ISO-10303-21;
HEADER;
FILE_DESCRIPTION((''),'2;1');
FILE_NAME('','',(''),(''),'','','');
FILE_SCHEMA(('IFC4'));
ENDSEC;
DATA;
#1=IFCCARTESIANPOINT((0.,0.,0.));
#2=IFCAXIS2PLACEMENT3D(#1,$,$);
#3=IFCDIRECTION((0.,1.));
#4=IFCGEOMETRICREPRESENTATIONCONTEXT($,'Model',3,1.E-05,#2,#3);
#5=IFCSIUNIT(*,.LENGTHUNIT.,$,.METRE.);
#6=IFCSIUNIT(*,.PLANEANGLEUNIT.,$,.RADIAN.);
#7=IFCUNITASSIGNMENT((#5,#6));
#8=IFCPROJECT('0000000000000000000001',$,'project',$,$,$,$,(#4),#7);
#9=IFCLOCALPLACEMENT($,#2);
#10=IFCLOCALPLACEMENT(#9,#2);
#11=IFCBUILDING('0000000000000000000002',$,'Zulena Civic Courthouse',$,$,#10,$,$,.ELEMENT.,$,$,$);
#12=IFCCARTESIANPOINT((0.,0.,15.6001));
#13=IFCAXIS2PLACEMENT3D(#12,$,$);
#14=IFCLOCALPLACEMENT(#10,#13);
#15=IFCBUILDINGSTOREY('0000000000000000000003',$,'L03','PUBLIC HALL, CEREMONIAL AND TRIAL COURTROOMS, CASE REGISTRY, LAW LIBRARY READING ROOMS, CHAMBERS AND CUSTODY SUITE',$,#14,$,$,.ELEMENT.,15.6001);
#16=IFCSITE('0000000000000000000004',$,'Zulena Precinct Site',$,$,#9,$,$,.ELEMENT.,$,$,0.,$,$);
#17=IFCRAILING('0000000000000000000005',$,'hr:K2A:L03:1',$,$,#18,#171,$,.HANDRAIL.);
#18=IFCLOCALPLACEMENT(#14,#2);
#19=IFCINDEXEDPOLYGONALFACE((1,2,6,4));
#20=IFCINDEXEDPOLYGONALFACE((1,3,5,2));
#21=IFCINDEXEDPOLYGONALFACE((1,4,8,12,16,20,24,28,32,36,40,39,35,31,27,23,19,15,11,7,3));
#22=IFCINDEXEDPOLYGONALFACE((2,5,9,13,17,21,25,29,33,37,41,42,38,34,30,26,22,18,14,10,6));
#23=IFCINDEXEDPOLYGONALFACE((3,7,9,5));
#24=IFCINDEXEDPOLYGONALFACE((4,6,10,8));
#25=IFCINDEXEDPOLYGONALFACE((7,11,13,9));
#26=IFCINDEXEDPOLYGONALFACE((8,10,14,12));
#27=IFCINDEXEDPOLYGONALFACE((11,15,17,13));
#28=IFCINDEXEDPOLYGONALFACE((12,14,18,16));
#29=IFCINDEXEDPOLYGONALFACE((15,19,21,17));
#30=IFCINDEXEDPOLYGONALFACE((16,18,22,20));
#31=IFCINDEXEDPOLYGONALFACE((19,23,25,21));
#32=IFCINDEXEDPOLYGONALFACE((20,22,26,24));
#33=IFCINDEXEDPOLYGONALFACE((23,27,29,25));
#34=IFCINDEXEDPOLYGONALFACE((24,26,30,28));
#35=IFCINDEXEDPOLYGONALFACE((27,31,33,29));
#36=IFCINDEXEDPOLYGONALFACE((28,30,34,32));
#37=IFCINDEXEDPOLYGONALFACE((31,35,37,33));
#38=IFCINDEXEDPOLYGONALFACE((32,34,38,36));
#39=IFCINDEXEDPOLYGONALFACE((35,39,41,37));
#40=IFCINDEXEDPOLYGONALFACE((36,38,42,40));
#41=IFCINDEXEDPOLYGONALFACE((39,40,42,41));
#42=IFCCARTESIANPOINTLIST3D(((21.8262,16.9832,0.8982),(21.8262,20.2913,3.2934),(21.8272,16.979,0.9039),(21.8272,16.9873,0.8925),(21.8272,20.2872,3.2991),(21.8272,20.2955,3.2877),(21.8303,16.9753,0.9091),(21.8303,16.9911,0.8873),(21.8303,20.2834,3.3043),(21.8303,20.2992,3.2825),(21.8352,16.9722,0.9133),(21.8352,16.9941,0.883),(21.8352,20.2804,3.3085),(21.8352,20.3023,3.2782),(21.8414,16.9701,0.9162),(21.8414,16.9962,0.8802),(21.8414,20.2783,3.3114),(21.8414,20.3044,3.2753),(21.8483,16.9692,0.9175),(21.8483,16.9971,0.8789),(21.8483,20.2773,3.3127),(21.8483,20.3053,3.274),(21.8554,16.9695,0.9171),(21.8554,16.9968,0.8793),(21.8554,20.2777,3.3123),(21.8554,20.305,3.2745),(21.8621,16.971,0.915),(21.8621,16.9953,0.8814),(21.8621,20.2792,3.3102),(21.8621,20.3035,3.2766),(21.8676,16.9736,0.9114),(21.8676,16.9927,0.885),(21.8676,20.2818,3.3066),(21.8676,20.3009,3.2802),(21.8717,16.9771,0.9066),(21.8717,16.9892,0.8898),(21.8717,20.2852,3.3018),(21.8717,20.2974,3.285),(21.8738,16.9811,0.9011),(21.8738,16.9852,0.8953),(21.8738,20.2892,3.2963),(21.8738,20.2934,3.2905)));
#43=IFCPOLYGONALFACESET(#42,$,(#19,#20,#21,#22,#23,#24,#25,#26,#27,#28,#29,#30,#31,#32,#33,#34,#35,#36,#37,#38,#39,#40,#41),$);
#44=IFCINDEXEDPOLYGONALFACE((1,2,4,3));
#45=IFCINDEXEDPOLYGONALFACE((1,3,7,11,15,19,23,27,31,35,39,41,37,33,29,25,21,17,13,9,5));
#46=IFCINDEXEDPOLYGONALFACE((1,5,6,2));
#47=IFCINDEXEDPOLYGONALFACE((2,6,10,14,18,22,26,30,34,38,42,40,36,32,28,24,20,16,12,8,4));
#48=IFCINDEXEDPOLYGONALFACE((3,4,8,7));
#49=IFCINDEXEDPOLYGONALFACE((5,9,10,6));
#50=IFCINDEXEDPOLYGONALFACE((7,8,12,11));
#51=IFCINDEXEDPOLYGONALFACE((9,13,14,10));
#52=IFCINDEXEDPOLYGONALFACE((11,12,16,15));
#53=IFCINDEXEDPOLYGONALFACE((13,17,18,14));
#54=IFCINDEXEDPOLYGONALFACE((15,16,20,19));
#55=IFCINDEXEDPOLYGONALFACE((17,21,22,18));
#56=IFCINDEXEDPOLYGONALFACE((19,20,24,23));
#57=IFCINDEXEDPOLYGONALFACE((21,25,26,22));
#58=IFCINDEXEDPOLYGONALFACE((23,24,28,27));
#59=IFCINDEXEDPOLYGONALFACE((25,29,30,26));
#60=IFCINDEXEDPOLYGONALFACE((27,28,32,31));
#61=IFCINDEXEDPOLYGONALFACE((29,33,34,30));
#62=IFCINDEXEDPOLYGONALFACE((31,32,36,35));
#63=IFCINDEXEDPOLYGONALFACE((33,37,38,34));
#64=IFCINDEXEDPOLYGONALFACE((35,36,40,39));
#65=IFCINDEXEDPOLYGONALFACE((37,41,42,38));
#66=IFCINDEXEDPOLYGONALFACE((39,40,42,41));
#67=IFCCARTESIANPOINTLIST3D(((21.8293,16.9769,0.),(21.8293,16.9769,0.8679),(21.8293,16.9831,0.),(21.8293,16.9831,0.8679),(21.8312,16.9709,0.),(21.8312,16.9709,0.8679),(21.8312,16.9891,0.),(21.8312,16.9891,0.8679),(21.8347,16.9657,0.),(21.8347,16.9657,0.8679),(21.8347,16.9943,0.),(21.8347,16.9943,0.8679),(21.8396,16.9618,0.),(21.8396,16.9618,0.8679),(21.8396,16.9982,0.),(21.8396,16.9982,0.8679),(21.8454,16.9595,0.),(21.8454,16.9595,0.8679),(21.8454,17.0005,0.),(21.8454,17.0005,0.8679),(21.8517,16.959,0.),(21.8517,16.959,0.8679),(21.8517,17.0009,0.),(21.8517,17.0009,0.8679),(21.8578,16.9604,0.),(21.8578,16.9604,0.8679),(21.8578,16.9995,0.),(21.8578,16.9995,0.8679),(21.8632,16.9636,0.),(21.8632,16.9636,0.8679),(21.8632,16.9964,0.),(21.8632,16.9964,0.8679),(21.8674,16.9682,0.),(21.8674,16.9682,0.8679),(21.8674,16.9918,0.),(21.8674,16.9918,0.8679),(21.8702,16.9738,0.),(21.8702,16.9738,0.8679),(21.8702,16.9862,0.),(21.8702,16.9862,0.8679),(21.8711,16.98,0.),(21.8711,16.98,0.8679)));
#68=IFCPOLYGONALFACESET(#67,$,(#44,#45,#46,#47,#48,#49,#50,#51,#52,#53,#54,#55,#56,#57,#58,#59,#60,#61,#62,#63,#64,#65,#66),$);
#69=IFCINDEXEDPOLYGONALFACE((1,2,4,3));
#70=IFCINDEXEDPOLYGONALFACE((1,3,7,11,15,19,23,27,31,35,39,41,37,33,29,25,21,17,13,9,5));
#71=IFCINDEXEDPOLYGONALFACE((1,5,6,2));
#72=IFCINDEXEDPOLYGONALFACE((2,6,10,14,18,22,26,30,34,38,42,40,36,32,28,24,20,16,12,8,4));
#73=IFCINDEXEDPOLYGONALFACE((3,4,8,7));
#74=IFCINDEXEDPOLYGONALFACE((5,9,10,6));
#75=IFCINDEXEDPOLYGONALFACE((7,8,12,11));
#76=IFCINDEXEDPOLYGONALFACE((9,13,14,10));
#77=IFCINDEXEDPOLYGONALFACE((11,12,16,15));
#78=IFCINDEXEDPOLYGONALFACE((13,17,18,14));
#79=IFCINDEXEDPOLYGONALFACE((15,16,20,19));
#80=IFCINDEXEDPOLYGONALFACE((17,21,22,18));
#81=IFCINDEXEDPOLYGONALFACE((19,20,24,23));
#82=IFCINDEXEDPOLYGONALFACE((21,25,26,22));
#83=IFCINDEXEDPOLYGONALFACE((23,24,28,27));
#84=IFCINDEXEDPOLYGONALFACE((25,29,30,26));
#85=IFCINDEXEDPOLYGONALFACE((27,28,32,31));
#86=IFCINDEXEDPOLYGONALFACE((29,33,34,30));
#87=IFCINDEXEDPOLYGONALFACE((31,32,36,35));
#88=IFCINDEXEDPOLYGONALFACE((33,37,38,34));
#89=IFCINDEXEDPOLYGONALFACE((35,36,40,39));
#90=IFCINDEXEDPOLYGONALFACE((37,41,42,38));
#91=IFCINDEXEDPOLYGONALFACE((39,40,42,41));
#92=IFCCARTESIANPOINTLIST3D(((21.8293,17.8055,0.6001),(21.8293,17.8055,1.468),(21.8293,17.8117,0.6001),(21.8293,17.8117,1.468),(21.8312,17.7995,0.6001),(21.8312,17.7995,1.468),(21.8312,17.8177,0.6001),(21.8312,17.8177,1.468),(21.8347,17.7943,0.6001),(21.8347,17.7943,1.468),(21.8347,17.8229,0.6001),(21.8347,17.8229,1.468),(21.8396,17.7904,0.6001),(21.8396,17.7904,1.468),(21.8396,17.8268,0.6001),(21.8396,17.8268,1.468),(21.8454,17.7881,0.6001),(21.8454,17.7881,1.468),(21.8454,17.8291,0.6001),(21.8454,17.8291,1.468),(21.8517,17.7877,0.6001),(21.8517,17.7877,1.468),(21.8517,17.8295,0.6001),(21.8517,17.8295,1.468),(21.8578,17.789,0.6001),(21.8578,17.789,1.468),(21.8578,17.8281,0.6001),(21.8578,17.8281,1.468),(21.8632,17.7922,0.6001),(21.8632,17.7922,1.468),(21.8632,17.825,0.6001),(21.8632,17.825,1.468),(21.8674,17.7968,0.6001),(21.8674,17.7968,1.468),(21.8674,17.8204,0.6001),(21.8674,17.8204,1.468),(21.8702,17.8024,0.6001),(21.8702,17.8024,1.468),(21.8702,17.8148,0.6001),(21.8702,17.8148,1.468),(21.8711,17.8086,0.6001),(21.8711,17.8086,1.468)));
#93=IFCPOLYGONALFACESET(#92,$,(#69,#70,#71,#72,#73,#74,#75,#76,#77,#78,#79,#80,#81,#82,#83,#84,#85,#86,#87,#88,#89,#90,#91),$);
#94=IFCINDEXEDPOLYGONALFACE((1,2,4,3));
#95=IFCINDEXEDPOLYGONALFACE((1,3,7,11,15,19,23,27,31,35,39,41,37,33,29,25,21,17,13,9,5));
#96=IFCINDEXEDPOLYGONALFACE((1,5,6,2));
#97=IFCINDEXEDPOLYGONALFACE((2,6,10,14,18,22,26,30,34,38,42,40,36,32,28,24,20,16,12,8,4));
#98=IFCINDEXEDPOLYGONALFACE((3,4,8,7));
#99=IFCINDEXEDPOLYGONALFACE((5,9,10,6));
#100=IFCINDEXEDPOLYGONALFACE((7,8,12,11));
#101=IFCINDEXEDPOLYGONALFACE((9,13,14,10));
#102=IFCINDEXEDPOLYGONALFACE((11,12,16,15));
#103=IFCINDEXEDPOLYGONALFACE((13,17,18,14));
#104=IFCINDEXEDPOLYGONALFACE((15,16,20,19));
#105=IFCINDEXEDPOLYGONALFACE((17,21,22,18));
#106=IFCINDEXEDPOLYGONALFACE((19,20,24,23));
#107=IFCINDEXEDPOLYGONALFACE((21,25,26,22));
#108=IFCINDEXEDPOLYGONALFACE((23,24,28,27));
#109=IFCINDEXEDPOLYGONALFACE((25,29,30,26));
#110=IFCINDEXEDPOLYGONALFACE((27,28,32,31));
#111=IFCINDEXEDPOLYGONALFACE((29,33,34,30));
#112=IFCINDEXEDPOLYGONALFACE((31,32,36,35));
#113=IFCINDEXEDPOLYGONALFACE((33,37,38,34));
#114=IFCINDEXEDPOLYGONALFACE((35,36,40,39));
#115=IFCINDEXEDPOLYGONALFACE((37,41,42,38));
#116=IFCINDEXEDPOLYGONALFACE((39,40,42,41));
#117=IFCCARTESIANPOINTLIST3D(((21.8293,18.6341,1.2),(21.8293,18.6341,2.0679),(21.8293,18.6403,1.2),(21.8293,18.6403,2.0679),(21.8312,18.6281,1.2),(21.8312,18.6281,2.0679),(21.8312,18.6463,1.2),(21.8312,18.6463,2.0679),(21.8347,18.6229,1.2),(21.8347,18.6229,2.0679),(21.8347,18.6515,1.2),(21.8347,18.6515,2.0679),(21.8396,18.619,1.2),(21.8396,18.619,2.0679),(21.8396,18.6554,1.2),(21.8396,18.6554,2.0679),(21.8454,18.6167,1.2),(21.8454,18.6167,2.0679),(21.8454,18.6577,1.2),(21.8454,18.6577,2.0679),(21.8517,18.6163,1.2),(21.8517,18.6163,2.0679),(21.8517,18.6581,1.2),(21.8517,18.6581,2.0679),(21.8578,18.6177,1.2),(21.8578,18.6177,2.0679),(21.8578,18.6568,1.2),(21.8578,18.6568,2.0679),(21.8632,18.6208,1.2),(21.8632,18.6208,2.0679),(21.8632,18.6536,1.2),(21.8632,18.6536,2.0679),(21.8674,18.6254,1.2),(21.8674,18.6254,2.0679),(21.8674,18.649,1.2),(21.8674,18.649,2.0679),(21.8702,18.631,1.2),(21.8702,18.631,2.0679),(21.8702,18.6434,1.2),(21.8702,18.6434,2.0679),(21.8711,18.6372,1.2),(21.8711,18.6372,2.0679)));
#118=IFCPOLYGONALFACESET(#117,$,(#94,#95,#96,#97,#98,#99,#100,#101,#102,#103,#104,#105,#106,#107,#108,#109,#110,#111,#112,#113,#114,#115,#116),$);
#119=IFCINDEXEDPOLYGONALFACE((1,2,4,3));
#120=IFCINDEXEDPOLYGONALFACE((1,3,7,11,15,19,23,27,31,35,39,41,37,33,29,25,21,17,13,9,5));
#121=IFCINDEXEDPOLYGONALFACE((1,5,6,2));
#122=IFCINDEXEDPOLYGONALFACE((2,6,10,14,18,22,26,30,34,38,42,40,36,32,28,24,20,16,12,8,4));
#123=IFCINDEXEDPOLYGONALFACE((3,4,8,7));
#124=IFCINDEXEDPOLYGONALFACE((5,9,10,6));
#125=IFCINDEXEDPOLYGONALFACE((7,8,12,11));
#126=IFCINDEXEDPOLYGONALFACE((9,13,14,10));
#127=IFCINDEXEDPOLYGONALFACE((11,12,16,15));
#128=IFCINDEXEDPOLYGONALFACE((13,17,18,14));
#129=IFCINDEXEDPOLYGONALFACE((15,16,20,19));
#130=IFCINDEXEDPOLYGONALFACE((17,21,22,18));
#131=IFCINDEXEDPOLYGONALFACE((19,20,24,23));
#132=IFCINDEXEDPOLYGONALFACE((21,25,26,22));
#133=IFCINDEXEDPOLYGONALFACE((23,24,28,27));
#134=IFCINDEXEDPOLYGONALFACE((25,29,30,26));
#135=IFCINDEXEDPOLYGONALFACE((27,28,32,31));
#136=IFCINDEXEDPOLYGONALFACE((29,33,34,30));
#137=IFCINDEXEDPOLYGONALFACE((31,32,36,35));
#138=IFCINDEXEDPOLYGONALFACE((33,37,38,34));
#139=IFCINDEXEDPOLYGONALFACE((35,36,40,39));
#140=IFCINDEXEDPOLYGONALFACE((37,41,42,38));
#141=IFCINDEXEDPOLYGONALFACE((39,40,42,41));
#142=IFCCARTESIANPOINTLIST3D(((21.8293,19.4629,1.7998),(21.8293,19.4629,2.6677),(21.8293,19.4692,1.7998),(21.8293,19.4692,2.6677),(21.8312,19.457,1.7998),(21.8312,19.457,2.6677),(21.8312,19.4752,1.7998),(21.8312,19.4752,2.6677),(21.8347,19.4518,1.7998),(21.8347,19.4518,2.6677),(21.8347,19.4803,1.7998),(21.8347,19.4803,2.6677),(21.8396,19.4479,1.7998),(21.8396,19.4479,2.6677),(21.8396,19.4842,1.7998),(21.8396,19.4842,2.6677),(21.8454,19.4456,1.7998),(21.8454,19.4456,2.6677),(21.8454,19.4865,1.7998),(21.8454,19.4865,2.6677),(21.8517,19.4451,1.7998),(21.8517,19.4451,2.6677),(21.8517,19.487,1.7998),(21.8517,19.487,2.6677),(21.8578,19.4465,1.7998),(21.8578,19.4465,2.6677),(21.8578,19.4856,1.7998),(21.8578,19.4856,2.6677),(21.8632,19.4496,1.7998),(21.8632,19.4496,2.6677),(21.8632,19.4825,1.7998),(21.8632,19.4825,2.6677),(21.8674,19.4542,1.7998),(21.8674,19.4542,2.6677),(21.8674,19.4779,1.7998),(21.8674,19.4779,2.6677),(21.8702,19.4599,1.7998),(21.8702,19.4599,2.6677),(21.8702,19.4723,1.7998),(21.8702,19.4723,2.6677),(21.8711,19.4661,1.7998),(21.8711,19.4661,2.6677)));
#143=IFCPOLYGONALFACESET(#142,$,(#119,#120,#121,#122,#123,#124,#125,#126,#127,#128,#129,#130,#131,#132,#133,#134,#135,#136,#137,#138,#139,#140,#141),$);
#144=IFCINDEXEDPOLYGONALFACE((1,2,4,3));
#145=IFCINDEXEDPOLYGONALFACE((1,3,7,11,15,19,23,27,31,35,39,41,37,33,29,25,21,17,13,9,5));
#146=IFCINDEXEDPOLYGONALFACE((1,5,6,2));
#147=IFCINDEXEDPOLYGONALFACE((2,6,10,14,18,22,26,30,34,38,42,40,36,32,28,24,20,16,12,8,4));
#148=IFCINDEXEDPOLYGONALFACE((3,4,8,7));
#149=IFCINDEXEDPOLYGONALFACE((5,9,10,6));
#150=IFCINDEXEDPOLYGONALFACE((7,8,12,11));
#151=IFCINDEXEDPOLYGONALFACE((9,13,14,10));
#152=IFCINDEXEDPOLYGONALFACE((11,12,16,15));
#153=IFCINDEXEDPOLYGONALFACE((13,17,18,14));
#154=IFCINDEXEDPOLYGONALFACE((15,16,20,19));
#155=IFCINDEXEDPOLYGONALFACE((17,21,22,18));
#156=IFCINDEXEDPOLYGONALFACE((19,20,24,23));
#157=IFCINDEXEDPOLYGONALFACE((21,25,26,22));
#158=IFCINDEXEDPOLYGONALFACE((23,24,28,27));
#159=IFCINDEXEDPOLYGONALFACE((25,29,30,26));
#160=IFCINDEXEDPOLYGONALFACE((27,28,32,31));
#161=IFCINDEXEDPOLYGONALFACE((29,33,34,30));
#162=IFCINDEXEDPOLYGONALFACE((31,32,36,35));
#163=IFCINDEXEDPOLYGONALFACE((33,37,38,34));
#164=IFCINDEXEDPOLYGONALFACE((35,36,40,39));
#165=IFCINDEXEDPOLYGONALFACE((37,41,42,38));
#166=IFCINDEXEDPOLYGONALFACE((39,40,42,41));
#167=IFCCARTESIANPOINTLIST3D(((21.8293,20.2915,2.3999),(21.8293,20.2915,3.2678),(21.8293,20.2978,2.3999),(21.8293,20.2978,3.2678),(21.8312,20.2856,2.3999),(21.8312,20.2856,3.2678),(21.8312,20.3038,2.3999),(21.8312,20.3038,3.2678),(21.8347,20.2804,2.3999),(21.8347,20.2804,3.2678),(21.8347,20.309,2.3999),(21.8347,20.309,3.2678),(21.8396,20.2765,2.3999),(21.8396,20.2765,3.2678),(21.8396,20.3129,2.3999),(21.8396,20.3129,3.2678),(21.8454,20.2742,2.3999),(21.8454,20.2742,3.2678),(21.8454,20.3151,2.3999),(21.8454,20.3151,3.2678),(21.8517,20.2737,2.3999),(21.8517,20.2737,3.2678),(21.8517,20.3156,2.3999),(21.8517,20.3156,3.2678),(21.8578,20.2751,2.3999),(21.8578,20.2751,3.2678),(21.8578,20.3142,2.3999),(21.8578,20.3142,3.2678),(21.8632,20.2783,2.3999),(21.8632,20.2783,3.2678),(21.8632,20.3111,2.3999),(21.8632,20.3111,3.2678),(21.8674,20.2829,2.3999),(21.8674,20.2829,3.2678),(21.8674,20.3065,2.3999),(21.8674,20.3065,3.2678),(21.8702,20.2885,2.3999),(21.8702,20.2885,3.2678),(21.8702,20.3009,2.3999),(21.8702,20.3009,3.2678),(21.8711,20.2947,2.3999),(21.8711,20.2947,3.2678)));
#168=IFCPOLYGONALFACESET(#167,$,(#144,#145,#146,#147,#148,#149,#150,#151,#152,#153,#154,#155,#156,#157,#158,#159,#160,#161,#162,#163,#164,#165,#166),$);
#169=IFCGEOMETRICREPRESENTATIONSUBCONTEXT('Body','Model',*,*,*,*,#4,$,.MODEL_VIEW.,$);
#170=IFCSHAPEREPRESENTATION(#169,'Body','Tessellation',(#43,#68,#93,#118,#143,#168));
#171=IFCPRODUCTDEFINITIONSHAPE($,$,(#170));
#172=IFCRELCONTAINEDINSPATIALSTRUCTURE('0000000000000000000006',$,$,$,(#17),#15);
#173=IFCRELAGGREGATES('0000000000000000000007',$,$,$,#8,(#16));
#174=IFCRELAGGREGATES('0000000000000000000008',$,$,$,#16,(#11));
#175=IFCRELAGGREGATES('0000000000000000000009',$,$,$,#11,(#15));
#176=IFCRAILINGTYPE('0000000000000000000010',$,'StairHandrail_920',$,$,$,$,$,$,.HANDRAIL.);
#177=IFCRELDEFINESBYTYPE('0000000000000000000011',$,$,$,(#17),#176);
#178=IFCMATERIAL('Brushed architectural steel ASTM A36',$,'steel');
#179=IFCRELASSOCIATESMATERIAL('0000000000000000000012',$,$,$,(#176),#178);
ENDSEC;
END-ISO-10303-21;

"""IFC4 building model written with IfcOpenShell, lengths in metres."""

from ifc_helpers import new_model, si_unit, direction, frame, origin, origin_2d, place, context, subcontext, project, spatial, circle, extrude, material, type_object, element, save


model = new_model("IFC4")

# Units and contexts
model_context = context("Model", 3, precision=1e-05, world=origin(), true_north=direction((0.0, 1.0)))
body_context = subcontext(model_context, "Body", "Model", "MODEL_VIEW")
ifc_project = project(units=[si_unit("LENGTHUNIT", "METRE"), si_unit("PLANEANGLEUNIT", "RADIAN")], contexts=[model_context])

# Site, building, storey
site_placement = place(None, origin())
site = spatial("IfcSite", under=ifc_project, at=site_placement, Name="Zulena Precinct Site", CompositionType="ELEMENT", RefElevation=0.0)
building_placement = place(site_placement, origin())
building = spatial("IfcBuilding", under=site, at=building_placement, Name="Zulena Civic Courthouse", CompositionType="ELEMENT")
storey_placement = place(building_placement, frame((0.0, 0.0, 15.6001)))
storey = spatial("IfcBuildingStorey", under=building, at=storey_placement, Name="L03", Description="PUBLIC HALL, CEREMONIAL AND TRIAL COURTROOMS, CASE REGISTRY, LAW LIBRARY READING ROOMS, CHAMBERS AND CUSTODY SUITE", CompositionType="ELEMENT", Elevation=15.6001)

# Railing
ifc_material_1 = material(Name="Brushed architectural steel ASTM A36", Category="steel")
railing_type_1 = type_object("IfcRailingType", Name="StairHandrail_920", PredefinedType="HANDRAIL", material=ifc_material_1)
railing_1_placement = place(storey_placement, frame((21.8501, 16.98, 0.0)))
element("IfcRailing", 1, at=railing_1_placement, inside=storey, type_object=railing_type_1, Name="hr:K2A:L03:1", PredefinedType="HANDRAIL", context=body_context, shape_type="SweptSolid", body=[
    extrude(circle(Radius=0.0239, at=origin_2d()), frame((0.0, 0.0032, 0.8982), z_axis=(0.0, 0.809988, 0.586446), x_axis=(-1.0, 0.0, 0.0)), (0.0, 0.0, 1.0), 4.0842),
    extrude(circle(Radius=0.021, at=origin_2d()), origin(), (0.0, 0.0, 1.0), 0.8679),
    extrude(circle(Radius=0.021, at=origin_2d()), frame((0.0, 0.8286, 0.6001)), (0.0, 0.0, 1.0), 0.8679),
    extrude(circle(Radius=0.021, at=origin_2d()), frame((0.0, 1.6572, 1.2)), (0.0, 0.0, 1.0), 0.8679),
    extrude(circle(Radius=0.021, at=origin_2d()), frame((0.0, 2.4861, 1.7998)), (0.0, 0.0, 1.0), 0.8679),
    extrude(circle(Radius=0.021, at=origin_2d()), frame((0.0, 3.3147, 2.3999)), (0.0, 0.0, 1.0), 0.8679),
])

save(model, "model.ifc")
